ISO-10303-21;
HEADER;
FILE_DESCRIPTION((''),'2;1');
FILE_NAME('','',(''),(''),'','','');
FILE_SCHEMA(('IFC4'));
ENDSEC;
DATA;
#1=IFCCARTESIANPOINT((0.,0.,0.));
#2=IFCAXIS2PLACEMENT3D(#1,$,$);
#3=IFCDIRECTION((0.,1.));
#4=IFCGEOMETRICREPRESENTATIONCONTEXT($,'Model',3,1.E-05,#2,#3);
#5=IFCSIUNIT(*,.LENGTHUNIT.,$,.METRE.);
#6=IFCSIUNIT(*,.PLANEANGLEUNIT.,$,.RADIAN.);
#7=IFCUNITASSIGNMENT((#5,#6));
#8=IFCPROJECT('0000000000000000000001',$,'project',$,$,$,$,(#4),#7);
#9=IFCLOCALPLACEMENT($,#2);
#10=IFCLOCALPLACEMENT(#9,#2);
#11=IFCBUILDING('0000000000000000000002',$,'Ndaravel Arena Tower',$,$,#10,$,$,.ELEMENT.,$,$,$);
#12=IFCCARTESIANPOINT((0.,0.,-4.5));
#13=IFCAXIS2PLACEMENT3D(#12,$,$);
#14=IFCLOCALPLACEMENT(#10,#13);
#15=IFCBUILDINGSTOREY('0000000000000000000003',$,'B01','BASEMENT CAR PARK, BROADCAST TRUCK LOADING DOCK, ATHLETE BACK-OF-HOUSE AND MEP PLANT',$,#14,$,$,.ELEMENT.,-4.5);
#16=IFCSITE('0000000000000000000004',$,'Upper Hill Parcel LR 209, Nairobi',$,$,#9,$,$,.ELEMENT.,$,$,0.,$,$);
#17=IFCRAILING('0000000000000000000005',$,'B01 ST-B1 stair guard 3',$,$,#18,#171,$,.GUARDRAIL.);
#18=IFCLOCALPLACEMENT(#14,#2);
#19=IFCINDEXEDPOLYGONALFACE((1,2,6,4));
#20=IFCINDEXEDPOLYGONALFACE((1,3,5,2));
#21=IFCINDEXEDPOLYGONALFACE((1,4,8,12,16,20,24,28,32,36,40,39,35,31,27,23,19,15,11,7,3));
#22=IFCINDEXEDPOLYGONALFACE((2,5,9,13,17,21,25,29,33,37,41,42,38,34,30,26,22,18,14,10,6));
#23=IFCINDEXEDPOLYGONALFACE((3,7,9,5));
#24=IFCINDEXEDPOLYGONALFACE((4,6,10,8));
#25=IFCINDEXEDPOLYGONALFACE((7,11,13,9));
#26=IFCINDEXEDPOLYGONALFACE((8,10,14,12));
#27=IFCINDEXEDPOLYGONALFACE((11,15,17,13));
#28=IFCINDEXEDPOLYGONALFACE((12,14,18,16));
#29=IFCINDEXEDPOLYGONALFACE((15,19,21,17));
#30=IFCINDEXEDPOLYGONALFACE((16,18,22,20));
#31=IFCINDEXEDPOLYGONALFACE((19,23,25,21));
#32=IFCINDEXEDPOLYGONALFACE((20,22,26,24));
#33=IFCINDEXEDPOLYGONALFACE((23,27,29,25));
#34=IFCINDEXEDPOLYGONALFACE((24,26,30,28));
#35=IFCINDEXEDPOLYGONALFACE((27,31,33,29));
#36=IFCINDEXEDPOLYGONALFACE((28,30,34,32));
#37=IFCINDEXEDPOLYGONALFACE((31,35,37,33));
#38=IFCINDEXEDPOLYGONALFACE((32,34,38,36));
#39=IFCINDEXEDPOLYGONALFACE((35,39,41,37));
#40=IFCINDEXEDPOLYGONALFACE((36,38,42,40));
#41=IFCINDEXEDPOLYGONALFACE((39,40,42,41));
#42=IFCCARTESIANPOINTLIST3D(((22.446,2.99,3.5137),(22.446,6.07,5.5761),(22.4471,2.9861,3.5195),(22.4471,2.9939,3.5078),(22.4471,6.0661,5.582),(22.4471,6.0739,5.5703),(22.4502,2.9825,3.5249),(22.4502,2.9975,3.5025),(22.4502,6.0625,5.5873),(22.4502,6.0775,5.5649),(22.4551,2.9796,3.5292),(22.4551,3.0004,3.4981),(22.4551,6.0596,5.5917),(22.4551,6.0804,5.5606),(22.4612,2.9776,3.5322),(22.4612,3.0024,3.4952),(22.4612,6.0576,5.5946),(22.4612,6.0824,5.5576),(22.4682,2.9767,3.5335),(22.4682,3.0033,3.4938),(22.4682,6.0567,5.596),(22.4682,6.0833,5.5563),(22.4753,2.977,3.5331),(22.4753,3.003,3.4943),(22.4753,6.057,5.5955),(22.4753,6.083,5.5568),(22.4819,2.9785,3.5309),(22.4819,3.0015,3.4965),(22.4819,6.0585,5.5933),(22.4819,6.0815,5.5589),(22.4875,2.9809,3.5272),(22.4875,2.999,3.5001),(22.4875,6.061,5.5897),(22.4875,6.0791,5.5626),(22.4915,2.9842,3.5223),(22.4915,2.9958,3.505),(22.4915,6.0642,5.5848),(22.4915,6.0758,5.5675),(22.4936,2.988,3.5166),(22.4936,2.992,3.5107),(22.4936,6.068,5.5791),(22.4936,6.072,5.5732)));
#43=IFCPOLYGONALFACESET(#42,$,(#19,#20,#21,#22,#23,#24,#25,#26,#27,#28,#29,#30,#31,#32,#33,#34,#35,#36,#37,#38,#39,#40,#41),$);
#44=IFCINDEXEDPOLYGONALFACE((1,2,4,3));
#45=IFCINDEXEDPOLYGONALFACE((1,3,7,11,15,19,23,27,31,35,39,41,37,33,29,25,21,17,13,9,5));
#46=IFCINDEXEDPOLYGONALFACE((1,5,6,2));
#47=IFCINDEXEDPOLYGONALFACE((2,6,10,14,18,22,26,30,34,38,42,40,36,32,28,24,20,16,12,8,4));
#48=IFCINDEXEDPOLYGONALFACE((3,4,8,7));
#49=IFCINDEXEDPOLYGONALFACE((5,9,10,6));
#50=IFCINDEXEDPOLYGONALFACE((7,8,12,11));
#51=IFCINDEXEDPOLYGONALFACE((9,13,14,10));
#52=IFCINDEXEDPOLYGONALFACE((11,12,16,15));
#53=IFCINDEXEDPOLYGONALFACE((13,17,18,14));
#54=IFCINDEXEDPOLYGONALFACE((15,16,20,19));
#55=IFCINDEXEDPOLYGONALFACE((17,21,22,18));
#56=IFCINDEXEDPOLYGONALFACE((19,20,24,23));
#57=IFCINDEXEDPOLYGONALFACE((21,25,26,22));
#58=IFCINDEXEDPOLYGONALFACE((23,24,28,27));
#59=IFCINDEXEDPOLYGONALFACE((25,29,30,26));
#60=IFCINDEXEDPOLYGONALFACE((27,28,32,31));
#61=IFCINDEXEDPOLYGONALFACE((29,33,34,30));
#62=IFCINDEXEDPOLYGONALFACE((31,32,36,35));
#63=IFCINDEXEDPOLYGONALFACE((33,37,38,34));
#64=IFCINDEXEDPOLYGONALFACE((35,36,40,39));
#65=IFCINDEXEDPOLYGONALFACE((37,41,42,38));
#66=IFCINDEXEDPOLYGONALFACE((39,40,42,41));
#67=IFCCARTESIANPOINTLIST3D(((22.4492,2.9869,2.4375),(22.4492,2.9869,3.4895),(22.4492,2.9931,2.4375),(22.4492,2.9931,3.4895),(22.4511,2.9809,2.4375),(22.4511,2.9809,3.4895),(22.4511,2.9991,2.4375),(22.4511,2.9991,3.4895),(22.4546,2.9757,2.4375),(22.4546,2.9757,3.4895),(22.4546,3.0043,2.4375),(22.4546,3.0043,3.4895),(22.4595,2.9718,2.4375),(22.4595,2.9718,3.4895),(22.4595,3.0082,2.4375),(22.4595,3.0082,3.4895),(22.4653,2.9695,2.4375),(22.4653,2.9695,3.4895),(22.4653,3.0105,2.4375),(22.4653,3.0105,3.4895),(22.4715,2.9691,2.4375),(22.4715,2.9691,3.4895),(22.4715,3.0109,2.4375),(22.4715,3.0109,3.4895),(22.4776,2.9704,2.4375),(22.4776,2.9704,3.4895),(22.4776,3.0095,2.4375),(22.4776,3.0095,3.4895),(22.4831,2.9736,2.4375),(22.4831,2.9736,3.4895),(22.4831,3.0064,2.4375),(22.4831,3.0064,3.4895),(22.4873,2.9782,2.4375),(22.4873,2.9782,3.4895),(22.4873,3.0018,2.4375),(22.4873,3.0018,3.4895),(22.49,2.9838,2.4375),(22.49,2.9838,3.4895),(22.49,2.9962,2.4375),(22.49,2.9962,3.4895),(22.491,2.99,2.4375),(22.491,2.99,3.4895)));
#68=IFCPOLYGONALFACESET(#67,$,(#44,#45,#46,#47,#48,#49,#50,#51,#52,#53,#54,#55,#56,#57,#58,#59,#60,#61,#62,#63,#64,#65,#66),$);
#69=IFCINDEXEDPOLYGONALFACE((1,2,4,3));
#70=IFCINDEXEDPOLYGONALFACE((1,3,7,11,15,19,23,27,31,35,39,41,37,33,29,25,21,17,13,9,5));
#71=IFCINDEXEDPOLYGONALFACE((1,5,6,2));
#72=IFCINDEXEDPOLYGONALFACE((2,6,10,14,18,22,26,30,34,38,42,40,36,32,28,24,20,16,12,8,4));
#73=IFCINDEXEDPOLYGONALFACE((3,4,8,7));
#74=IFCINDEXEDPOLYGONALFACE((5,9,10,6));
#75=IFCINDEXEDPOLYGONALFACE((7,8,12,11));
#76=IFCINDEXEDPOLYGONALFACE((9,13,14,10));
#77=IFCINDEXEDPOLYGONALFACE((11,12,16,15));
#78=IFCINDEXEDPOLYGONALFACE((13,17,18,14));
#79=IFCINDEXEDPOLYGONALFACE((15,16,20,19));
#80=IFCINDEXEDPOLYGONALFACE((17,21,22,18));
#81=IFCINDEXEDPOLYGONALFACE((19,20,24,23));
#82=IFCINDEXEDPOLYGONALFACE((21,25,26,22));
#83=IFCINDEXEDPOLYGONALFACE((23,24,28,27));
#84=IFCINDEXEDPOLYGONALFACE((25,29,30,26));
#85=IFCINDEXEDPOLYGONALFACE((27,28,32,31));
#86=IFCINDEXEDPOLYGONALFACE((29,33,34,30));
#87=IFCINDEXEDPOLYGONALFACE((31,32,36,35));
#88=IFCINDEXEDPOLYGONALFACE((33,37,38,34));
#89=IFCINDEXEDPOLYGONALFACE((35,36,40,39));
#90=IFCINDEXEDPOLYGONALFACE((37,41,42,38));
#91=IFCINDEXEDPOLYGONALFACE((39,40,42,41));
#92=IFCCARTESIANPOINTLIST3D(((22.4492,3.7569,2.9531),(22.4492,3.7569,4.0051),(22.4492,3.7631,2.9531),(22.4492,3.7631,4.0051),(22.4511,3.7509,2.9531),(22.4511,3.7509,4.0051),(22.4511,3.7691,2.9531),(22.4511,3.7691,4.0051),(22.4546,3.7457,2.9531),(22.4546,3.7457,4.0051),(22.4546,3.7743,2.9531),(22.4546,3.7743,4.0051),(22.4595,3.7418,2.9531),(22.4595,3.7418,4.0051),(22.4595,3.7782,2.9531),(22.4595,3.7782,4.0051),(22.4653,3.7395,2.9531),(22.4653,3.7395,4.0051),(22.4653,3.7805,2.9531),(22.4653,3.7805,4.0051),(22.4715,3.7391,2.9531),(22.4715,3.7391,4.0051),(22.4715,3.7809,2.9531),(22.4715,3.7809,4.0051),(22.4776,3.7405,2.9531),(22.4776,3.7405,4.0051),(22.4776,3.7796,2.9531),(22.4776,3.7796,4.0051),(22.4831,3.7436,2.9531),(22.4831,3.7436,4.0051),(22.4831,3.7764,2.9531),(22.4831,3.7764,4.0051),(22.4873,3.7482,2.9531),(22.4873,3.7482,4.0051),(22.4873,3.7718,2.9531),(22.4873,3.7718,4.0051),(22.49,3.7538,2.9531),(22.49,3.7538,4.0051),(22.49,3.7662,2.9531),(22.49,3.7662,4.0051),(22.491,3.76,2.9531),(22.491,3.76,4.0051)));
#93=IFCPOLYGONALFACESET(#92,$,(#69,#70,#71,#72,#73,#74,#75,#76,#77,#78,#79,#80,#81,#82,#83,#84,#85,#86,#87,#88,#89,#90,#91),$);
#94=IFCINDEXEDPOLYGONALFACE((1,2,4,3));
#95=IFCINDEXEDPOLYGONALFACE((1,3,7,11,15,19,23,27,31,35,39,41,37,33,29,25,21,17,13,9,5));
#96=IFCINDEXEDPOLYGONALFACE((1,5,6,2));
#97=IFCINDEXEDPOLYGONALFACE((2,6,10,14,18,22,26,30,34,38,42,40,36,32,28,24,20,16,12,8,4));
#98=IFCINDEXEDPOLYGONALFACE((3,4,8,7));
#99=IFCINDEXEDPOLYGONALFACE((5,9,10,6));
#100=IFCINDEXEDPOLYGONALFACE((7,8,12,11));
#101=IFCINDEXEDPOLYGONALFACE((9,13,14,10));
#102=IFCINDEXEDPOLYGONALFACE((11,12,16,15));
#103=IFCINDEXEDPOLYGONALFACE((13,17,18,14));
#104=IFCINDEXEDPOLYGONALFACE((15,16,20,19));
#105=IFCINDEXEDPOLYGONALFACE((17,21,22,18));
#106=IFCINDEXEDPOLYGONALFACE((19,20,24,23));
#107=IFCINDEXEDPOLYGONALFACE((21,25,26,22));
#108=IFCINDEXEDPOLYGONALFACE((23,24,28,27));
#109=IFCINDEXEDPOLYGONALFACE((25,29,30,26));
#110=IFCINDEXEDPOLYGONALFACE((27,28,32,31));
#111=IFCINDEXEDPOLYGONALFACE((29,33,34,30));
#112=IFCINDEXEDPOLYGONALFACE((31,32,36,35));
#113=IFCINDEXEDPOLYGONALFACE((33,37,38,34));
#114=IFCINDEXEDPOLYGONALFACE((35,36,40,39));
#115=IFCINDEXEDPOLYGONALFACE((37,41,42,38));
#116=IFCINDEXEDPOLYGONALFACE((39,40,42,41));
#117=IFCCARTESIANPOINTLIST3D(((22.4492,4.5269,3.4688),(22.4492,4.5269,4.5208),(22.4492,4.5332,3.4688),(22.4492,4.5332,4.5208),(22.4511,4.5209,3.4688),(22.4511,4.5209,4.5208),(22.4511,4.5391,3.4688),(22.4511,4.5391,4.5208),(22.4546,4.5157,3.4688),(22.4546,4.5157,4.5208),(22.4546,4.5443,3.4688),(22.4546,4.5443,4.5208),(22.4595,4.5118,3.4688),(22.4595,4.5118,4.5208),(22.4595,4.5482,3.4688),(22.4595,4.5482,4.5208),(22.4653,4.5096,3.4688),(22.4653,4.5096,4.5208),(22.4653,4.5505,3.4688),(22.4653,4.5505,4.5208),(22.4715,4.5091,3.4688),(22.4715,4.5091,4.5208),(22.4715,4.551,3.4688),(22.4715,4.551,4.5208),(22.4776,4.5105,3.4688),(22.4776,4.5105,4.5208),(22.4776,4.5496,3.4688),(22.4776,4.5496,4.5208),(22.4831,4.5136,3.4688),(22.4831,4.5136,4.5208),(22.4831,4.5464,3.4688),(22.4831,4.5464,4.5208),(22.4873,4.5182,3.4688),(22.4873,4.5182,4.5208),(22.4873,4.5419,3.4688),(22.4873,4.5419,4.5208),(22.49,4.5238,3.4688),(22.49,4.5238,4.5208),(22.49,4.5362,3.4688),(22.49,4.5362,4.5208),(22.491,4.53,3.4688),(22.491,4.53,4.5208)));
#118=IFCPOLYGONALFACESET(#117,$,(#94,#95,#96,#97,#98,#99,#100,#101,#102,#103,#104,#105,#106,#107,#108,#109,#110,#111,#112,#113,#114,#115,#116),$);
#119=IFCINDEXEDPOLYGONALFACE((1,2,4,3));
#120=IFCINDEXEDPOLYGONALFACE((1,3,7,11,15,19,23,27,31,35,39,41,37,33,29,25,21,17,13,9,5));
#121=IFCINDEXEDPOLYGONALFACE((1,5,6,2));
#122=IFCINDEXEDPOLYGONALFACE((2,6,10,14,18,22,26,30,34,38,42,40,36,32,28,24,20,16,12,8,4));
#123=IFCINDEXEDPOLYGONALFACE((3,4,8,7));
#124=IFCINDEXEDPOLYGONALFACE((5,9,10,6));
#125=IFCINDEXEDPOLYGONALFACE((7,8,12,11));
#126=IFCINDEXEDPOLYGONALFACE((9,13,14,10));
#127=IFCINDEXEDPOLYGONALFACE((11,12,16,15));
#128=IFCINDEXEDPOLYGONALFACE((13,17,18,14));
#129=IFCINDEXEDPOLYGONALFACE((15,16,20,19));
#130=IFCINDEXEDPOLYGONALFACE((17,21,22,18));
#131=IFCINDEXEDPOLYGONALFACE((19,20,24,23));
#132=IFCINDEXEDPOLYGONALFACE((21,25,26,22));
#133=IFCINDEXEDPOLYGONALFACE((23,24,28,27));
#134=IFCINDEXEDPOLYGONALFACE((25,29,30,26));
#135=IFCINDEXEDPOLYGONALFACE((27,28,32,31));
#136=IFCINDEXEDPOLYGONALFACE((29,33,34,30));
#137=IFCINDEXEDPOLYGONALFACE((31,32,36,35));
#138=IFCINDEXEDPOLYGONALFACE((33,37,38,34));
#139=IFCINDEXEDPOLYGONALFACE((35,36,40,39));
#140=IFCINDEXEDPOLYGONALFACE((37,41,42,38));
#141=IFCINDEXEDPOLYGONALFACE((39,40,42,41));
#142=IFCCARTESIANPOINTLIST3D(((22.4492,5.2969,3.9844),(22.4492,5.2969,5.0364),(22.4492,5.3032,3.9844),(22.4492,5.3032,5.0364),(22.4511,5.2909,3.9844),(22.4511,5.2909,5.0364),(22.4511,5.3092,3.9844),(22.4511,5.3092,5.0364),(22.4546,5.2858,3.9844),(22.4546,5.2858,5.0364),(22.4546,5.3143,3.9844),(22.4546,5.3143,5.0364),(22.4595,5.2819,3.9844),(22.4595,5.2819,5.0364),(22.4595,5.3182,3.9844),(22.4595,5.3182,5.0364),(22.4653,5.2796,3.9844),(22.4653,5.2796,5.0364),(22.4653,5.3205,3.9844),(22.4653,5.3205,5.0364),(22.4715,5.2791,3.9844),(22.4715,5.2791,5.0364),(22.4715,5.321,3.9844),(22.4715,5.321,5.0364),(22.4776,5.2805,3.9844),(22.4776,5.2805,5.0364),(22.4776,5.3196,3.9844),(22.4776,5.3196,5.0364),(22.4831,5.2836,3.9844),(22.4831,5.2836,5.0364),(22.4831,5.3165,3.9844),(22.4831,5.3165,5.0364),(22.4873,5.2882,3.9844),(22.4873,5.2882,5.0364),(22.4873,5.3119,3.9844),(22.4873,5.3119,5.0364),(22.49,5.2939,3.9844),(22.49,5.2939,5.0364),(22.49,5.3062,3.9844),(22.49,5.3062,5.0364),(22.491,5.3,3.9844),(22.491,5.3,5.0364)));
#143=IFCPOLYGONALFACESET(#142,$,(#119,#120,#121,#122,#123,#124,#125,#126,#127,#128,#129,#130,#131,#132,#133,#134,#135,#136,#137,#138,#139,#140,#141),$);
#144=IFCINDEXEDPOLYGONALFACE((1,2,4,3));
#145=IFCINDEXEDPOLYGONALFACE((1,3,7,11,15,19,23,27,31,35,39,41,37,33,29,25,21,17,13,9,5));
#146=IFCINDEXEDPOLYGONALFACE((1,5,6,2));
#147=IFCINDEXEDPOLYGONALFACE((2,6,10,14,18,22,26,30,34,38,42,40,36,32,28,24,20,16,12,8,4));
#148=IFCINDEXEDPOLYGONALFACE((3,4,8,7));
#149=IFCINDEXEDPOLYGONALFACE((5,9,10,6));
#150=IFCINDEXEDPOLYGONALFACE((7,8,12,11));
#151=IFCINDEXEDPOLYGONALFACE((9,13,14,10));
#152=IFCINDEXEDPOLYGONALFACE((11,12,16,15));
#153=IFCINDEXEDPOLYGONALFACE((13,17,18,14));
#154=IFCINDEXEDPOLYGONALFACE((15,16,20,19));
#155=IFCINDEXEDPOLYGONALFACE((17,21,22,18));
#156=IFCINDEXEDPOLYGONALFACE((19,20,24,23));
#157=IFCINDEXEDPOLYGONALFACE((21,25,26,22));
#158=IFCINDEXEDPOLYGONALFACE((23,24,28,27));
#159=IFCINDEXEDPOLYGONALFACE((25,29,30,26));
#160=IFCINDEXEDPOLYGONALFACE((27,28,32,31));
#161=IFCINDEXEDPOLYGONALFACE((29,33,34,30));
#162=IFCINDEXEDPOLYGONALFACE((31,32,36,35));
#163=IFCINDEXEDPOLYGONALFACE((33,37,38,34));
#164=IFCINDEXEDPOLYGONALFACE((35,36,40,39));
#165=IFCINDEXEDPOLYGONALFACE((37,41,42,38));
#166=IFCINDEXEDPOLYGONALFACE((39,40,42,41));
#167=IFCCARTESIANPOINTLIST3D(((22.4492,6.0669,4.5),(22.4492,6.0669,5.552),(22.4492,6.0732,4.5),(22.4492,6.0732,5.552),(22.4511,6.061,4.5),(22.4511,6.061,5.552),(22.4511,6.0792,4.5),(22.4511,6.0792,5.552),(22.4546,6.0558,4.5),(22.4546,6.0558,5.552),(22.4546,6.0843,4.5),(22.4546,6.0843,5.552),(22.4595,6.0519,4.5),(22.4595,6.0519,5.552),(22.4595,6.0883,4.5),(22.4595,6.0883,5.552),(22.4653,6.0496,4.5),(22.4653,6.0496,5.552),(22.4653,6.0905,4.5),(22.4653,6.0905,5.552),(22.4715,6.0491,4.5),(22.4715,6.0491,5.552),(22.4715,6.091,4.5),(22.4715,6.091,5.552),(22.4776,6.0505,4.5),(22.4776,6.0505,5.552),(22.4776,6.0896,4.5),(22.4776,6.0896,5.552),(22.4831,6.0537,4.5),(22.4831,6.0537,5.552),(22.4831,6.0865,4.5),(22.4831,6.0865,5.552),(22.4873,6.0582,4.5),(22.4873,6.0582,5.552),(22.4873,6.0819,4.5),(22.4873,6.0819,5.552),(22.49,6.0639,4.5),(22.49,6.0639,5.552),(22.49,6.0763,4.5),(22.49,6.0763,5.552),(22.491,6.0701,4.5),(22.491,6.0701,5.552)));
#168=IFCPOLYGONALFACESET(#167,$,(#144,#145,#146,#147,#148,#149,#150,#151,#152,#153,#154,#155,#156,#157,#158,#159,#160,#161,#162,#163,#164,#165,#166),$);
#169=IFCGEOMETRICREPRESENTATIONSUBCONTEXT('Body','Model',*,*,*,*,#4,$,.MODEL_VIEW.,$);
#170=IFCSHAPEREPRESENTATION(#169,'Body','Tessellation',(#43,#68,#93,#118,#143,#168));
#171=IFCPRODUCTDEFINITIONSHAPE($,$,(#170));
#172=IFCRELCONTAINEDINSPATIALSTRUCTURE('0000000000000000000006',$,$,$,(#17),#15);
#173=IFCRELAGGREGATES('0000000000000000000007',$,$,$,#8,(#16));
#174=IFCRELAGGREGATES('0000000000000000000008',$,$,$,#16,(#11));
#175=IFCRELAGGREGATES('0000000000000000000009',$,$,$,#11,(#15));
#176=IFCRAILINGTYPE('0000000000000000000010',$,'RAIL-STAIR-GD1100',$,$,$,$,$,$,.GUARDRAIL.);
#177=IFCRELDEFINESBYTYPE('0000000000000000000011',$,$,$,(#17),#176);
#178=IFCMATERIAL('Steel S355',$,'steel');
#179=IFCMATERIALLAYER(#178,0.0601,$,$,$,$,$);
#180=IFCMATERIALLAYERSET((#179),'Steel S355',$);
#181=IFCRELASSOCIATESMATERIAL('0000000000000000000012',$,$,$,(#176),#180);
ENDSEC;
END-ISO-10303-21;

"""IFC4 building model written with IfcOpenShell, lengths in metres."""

from ifc_helpers import new_model, si_unit, direction, frame, origin, origin_2d, place, context, subcontext, project, spatial, circle, extrude, material, layer, layer_set, type_object, element, save


model = new_model("IFC4")

# Units and contexts
model_context = context("Model", 3, precision=1e-05, world=origin(), true_north=direction((0.0, 1.0)))
body_context = subcontext(model_context, "Body", "Model", "MODEL_VIEW")
ifc_project = project(units=[si_unit("LENGTHUNIT", "METRE"), si_unit("PLANEANGLEUNIT", "RADIAN")], contexts=[model_context])

# Site, building, storey
site_placement = place(None, origin())
site = spatial("IfcSite", under=ifc_project, at=site_placement, Name="Upper Hill Parcel LR 209, Nairobi", CompositionType="ELEMENT", RefElevation=0.0)
building_placement = place(site_placement, origin())
building = spatial("IfcBuilding", under=site, at=building_placement, Name="Ndaravel Arena Tower", CompositionType="ELEMENT")
storey_placement = place(building_placement, frame((0.0, 0.0, -4.5)))
storey = spatial("IfcBuildingStorey", under=building, at=storey_placement, Name="B01", Description="BASEMENT CAR PARK, BROADCAST TRUCK LOADING DOCK, ATHLETE BACK-OF-HOUSE AND MEP PLANT", CompositionType="ELEMENT", Elevation=-4.5)

# Railing
ifc_material_1 = material(Name="Steel S355", Category="steel")
ifc_layer_1 = layer(ifc_material_1, 0.0601)
ifc_layer_set_1 = layer_set([ifc_layer_1], Name="Steel S355")
railing_type_1 = type_object("IfcRailingType", Name="RAIL-STAIR-GD1100", PredefinedType="GUARDRAIL", material=ifc_layer_set_1)
railing_1_placement = place(storey_placement, frame((22.47, 2.99, 2.4375)))
element("IfcRailing", 1, at=railing_1_placement, inside=storey, type_object=railing_type_1, Name="B01 ST-B1 stair guard 3", PredefinedType="GUARDRAIL", context=body_context, shape_type="SweptSolid", body=[
    extrude(circle(Radius=0.0239, at=origin_2d()), frame((0.0, 0.0, 1.0762), z_axis=(0.0, 0.830914, 0.556401), x_axis=(-1.0, 0.0, 0.0)), (0.0, 0.0, 1.0), 3.7068),
    extrude(circle(Radius=0.021, at=origin_2d()), origin(), (0.0, 0.0, 1.0), 1.052),
    extrude(circle(Radius=0.021, at=origin_2d()), frame((0.0, 0.77, 0.5156)), (0.0, 0.0, 1.0), 1.052),
    extrude(circle(Radius=0.021, at=origin_2d()), frame((0.0, 1.54, 1.0312)), (0.0, 0.0, 1.0), 1.052),
    extrude(circle(Radius=0.021, at=origin_2d()), frame((0.0, 2.3101, 1.5469)), (0.0, 0.0, 1.0), 1.052),
    extrude(circle(Radius=0.021, at=origin_2d()), frame((0.0, 3.0801, 2.0625)), (0.0, 0.0, 1.0), 1.052),
])

save(model, "model.ifc")
